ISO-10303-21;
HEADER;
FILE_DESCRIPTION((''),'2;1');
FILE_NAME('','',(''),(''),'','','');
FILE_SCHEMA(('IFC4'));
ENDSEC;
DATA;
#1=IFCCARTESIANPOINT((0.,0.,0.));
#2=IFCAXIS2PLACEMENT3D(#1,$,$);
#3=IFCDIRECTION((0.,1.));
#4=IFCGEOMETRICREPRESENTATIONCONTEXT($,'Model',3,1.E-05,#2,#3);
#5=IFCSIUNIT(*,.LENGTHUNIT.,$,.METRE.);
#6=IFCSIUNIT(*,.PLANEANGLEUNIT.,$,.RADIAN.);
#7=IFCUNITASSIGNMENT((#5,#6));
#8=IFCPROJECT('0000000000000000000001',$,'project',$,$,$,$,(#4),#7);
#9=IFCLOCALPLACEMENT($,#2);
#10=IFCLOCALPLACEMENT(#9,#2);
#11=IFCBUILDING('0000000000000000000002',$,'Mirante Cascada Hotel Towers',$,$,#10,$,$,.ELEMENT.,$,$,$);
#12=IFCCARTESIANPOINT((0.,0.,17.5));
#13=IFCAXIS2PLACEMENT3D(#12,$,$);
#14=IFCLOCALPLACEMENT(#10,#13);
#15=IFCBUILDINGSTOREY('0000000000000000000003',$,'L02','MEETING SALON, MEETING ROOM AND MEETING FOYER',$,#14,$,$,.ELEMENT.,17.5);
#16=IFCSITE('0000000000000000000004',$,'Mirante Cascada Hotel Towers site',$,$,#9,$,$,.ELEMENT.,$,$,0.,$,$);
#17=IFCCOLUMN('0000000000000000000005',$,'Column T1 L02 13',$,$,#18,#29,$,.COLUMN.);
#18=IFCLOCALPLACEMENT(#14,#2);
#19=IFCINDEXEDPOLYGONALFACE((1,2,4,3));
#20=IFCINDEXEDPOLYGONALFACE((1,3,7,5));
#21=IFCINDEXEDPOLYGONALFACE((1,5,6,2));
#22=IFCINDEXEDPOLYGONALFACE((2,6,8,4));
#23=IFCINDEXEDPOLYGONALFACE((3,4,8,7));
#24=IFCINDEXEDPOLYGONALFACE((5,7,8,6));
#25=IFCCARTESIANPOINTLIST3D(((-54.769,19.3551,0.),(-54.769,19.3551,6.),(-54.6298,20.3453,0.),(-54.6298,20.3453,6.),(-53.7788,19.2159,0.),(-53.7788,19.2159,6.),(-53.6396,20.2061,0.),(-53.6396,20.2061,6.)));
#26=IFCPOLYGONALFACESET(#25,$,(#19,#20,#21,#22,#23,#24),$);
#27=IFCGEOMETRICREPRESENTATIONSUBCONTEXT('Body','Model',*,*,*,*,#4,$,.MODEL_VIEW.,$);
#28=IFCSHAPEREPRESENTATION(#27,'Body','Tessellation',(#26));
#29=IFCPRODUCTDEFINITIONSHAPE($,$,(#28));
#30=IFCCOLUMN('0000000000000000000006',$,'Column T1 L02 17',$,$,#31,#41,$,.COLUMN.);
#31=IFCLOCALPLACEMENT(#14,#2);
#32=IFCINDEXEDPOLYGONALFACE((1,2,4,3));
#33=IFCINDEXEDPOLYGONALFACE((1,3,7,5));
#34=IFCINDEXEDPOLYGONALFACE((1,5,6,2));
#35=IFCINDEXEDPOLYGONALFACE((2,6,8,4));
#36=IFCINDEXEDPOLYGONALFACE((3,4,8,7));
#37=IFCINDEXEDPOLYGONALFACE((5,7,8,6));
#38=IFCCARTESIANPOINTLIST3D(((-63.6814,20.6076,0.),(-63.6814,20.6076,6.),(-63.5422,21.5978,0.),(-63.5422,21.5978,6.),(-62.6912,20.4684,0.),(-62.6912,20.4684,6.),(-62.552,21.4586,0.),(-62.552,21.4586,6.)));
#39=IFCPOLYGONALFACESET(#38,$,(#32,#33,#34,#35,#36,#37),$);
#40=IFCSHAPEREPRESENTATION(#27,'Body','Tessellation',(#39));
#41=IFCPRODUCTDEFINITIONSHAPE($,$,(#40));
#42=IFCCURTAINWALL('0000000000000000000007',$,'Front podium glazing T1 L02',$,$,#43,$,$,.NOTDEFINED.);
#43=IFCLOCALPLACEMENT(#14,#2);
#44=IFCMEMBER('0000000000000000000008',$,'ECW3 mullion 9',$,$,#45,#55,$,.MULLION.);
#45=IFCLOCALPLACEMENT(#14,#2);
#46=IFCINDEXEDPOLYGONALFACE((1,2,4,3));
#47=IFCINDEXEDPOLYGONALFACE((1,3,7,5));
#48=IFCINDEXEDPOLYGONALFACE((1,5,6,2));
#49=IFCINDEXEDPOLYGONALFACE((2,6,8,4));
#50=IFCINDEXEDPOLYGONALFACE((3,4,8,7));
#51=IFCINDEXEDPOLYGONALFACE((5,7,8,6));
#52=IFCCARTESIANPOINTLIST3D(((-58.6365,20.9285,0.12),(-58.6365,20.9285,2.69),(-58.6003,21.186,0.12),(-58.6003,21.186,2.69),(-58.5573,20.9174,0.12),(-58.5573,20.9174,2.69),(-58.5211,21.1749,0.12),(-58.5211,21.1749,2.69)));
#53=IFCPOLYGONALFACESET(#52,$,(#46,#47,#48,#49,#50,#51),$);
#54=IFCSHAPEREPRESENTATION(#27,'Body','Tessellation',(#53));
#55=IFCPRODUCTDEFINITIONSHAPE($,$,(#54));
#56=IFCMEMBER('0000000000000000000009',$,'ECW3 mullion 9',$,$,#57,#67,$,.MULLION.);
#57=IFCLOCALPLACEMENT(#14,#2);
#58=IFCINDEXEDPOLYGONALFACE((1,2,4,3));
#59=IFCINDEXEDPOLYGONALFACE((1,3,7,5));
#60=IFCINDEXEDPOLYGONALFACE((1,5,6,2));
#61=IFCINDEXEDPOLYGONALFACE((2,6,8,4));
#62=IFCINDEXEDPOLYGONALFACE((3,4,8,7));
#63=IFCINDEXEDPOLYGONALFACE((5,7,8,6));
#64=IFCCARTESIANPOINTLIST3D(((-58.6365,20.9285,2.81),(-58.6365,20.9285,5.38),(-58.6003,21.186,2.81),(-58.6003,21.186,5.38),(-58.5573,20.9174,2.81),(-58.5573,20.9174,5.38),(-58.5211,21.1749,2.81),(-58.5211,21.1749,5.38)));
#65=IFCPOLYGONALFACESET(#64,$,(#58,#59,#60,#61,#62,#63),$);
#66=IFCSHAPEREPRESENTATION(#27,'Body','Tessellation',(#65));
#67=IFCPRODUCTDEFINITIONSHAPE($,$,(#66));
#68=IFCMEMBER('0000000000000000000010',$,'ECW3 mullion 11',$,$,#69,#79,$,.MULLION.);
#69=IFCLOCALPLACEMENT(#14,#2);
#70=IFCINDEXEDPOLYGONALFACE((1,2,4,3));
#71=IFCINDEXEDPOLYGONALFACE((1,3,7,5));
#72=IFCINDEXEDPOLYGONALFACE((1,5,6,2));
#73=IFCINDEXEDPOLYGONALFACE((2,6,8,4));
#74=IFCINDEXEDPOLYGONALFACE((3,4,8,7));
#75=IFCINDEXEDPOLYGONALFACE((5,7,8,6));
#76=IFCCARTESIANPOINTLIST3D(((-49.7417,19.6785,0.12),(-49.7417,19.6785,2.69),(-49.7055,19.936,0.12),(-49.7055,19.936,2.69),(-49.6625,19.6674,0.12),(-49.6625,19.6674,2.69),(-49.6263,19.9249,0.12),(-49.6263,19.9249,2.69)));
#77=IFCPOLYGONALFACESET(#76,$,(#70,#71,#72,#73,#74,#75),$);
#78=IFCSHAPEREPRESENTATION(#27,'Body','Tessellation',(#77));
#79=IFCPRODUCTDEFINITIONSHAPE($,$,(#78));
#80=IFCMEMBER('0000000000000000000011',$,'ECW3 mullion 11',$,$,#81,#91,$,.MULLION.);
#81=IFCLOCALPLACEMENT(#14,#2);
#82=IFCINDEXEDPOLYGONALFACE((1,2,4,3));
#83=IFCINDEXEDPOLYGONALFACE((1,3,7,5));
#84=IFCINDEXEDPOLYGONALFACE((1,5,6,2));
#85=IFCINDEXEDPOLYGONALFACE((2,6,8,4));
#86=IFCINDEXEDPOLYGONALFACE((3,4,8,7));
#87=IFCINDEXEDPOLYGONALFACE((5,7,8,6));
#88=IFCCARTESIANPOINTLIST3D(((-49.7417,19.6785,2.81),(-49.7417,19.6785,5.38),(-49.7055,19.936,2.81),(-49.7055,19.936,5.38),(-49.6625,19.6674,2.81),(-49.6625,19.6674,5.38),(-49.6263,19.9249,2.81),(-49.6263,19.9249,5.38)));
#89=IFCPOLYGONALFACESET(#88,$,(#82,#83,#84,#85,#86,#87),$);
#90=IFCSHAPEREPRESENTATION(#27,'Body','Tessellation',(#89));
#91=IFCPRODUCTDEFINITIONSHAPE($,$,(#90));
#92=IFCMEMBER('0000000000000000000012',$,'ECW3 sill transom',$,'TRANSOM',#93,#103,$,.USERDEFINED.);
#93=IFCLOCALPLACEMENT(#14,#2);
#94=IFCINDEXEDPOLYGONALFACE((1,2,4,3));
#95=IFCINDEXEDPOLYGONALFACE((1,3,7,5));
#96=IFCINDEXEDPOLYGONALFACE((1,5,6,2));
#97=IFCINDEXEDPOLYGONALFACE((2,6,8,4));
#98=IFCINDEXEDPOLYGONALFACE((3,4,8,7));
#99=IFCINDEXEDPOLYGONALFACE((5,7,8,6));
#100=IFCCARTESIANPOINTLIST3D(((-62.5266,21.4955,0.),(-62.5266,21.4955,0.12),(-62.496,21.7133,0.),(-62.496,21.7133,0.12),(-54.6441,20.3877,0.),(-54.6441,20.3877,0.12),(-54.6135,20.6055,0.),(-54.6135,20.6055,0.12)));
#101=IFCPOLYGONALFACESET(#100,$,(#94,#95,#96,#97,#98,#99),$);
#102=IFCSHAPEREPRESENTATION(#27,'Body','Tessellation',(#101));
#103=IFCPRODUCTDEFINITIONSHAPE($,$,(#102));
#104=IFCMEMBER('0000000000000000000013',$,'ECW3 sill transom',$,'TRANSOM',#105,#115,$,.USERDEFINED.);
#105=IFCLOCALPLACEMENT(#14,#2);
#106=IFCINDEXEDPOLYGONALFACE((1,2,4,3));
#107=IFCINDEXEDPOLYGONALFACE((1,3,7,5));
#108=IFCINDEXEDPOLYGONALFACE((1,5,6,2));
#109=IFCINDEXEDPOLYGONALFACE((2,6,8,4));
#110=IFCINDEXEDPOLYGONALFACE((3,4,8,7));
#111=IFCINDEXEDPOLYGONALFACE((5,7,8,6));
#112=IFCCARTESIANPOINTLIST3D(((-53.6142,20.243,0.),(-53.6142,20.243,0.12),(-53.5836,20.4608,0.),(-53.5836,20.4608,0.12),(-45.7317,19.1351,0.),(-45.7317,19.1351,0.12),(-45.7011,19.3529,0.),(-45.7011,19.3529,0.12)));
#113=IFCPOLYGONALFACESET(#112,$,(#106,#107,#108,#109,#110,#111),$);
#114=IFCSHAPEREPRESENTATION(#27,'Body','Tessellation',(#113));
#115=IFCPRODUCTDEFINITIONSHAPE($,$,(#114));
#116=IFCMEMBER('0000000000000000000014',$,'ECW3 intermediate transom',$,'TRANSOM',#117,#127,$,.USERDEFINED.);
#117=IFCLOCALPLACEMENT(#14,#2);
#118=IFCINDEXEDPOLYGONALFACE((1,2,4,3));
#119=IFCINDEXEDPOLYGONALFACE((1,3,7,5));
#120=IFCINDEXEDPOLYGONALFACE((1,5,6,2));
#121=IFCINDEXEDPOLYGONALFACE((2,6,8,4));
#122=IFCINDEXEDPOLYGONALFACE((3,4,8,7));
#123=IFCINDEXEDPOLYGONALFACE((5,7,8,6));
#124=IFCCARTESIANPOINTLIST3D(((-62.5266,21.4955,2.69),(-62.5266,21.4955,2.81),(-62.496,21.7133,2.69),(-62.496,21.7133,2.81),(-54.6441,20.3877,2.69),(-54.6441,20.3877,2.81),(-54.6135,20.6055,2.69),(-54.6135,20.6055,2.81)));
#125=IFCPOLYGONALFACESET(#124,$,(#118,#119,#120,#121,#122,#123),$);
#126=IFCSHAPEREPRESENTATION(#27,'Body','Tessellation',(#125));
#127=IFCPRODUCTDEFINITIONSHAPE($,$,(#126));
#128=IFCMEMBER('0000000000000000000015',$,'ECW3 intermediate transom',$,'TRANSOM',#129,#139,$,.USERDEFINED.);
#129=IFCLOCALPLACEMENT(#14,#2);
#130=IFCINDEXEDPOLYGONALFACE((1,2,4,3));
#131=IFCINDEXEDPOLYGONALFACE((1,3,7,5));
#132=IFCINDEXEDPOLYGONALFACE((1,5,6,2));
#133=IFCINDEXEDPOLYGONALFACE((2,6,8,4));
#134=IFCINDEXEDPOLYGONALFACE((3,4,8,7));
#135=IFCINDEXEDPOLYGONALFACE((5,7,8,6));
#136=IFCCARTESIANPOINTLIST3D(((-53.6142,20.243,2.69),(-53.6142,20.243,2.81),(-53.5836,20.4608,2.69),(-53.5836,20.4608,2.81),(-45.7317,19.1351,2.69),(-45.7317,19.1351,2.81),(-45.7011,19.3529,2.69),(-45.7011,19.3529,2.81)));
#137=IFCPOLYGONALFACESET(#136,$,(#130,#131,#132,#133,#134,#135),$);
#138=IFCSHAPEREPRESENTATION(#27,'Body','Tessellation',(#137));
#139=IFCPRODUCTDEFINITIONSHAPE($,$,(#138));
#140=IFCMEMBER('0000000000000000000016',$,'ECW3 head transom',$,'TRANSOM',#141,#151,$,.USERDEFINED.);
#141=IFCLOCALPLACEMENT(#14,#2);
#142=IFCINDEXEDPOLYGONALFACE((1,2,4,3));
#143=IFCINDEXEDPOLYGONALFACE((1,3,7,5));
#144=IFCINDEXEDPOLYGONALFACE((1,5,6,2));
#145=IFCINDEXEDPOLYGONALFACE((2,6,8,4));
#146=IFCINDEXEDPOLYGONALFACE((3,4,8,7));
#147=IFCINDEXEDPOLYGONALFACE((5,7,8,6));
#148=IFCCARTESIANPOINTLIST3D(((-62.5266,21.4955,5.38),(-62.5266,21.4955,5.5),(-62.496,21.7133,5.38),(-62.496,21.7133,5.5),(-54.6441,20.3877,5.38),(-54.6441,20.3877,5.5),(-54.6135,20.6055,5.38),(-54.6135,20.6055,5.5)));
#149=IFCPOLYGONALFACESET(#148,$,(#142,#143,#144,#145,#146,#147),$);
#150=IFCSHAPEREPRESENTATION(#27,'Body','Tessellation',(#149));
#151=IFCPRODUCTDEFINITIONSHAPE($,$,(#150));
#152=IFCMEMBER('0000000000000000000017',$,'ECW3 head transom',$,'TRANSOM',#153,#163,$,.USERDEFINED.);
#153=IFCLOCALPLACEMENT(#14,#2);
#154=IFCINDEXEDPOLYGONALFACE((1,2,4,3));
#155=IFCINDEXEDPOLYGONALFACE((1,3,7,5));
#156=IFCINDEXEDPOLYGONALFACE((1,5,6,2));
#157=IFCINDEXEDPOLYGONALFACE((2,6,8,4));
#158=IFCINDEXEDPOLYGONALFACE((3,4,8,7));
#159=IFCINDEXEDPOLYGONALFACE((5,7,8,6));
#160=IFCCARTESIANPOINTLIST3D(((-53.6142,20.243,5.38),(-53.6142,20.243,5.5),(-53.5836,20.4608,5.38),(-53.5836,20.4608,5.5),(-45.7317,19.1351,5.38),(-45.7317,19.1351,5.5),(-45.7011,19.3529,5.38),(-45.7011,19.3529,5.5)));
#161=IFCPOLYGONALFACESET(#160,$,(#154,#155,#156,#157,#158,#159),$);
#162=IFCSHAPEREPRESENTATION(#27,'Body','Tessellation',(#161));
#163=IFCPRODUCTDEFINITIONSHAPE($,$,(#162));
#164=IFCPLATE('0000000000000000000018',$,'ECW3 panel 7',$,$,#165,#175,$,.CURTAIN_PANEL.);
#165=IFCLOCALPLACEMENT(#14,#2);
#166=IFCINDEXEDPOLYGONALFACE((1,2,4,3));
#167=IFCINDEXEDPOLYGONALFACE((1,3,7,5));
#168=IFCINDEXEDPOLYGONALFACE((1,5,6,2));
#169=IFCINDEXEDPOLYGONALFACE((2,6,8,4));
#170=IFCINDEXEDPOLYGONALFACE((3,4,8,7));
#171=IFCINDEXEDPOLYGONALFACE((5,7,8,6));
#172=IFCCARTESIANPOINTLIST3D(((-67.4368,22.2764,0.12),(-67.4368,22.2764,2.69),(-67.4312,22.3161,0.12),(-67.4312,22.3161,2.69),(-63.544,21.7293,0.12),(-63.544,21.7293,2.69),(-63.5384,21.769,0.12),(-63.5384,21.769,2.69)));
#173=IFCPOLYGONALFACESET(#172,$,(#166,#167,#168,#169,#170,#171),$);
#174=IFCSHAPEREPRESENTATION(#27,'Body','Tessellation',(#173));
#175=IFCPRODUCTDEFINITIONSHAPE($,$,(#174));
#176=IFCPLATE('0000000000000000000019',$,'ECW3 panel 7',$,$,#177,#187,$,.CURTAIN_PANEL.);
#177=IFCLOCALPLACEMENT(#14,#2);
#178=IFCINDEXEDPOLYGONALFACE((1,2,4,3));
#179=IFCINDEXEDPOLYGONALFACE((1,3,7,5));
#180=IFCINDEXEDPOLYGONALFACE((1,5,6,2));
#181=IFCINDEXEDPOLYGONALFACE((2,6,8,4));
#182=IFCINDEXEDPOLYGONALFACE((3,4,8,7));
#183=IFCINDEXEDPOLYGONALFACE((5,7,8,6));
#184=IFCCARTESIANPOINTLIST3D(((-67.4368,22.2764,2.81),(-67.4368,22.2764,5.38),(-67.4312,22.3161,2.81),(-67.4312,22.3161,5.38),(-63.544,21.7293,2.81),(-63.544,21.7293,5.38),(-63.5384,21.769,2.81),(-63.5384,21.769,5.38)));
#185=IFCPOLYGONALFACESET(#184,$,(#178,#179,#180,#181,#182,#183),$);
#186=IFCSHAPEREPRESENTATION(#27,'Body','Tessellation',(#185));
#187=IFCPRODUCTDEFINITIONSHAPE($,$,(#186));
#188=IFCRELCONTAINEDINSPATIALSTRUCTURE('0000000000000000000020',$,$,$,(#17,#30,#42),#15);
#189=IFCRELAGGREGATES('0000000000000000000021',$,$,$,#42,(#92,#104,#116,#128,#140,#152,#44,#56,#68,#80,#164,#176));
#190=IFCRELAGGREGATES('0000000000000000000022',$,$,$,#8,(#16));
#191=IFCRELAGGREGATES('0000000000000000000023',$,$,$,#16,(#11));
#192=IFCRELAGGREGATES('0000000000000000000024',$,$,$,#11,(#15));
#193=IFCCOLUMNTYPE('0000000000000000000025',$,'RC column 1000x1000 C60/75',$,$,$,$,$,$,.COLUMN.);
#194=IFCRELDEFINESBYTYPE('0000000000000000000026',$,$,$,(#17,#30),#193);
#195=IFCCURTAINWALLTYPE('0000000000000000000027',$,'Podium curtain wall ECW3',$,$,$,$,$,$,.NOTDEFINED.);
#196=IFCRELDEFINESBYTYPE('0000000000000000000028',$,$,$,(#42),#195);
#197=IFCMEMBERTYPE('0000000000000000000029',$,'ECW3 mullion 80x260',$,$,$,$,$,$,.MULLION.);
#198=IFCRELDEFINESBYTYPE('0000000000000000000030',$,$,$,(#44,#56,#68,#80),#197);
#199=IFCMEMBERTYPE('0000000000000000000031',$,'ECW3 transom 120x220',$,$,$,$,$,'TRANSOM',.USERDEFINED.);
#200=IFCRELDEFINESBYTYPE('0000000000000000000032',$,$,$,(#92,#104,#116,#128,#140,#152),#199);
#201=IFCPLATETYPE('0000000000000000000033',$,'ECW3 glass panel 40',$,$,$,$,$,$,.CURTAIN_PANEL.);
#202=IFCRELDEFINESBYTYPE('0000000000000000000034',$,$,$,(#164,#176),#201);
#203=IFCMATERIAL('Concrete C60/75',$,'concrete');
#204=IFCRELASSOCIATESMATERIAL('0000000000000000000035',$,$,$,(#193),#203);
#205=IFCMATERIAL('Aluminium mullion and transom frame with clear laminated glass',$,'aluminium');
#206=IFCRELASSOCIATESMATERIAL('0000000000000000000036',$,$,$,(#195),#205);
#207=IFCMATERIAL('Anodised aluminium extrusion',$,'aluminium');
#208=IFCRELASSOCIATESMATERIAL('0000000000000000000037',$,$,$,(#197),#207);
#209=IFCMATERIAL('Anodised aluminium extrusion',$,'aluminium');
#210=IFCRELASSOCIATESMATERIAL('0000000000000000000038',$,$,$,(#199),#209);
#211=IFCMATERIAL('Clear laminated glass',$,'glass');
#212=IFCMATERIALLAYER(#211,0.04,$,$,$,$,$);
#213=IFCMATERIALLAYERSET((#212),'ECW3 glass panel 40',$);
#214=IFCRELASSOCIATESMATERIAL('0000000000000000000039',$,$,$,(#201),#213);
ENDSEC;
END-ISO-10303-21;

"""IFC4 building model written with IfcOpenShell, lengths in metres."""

from ifc_helpers import new_model, si_unit, direction, frame, origin, origin_2d, place, context, subcontext, project, spatial, rectangle, extrude, material, layer, layer_set, material_profile, profile_set, type_object, element, aggregate, save


model = new_model("IFC4")

# Units and contexts
model_context = context("Model", 3, precision=1e-05, world=origin(), true_north=direction((0.0, 1.0)))
body_context = subcontext(model_context, "Body", "Model", "MODEL_VIEW")
ifc_project = project(units=[si_unit("LENGTHUNIT", "METRE"), si_unit("PLANEANGLEUNIT", "RADIAN")], contexts=[model_context])

# Site, building, storey
site_placement = place(None, origin())
site = spatial("IfcSite", under=ifc_project, at=site_placement, Name="Mirante Cascada Hotel Towers site", CompositionType="ELEMENT", RefElevation=0.0)
building_placement = place(site_placement, origin())
building = spatial("IfcBuilding", under=site, at=building_placement, Name="Mirante Cascada Hotel Towers", CompositionType="ELEMENT")
storey_placement = place(building_placement, frame((0.0, 0.0, 17.5)))
storey = spatial("IfcBuildingStorey", under=building, at=storey_placement, Name="L02", Description="MEETING SALON, MEETING ROOM AND MEETING FOYER", CompositionType="ELEMENT", Elevation=17.5)

# Columns
ifc_material_1 = material(Name="Concrete C60/75", Category="concrete")
ifc_material_profile_1 = material_profile(ifc_material_1, rectangle(XDim=1.0, YDim=1.0, at=origin_2d()), Name="RC column 1000x1000 C60/75")
ifc_profile_set_1 = profile_set([ifc_material_profile_1], Name="Concrete C60/75")
column_type = type_object("IfcColumnType", Name="RC column 1000x1000 C60/75", PredefinedType="COLUMN", material=ifc_profile_set_1)
for number, where, z_axis, x_axis, name in (
    (1, (-54.2043, 19.7806, 0.0), (0.0, 0.0, 1.0), (-0.990268, 0.139173, 0.0), "Column T1 L02 13"),
    (2, (-63.1167, 21.0331, 0.0), (0.0, 0.0, 1.0), (-0.990268, 0.139173, 0.0), "Column T1 L02 17"),
):
    element("IfcColumn", number, at=place(storey_placement, frame(where, z_axis=z_axis, x_axis=x_axis)), inside=storey, type_object=column_type, Name=name, PredefinedType="COLUMN", context=body_context, shape_type="SweptSolid", body=[
        extrude(rectangle(XDim=1.0, YDim=1.0, at=origin_2d()), origin(), (0.0, 0.0, 1.0), 6.0),
    ])

# Curtain wall, members, plates
ifc_material_2 = material(Name="Aluminium mullion and transom frame with clear laminated glass", Category="aluminium")
curtain_wall_type = type_object("IfcCurtainWallType", Name="Podium curtain wall ECW3", PredefinedType="NOTDEFINED", material=ifc_material_2)
curtain_wall_placement = place(storey_placement, origin())
curtain_wall = element("IfcCurtainWall", 3, at=curtain_wall_placement, inside=storey, type_object=curtain_wall_type, Name="Front podium glazing T1 L02", PredefinedType="NOTDEFINED")
ifc_material_3 = material(Name="Anodised aluminium extrusion", Category="aluminium")
ifc_material_profile_2 = material_profile(ifc_material_3, rectangle(XDim=0.26, YDim=0.08, at=origin_2d()), Name="ECW3 MULLION 80x260")
ifc_profile_set_2 = profile_set([ifc_material_profile_2], Name="Anodised aluminium extrusion")
member_type_1 = type_object("IfcMemberType", Name="ECW3 mullion 80x260", PredefinedType="MULLION", material=ifc_profile_set_2)
member_1_placement = place(storey_placement, frame((-58.5788, 21.0517, 0.12), z_axis=(0.0, 0.0, 1.0), x_axis=(0.139173, 0.990268, 0.0)))
member_1 = element("IfcMember", 4, at=member_1_placement, type_object=member_type_1, Name="ECW3 mullion 9", PredefinedType="MULLION", context=body_context, shape_type="SweptSolid", body=[
    extrude(rectangle(XDim=0.26, YDim=0.08, at=origin_2d()), origin(), (0.0, 0.0, 1.0), 2.57),
])
member_2_placement = place(storey_placement, frame((-58.5788, 21.0517, 2.81), z_axis=(0.0, 0.0, 1.0), x_axis=(0.139173, 0.990268, 0.0)))
member_2 = element("IfcMember", 5, at=member_2_placement, type_object=member_type_1, Name="ECW3 mullion 9", PredefinedType="MULLION", context=body_context, shape_type="SweptSolid", body=[
    extrude(rectangle(XDim=0.26, YDim=0.08, at=origin_2d()), origin(), (0.0, 0.0, 1.0), 2.57),
])
member_3_placement = place(storey_placement, frame((-49.684, 19.8017, 0.12), z_axis=(0.0, 0.0, 1.0), x_axis=(0.139173, 0.990268, 0.0)))
member_3 = element("IfcMember", 6, at=member_3_placement, type_object=member_type_1, Name="ECW3 mullion 11", PredefinedType="MULLION", context=body_context, shape_type="SweptSolid", body=[
    extrude(rectangle(XDim=0.26, YDim=0.08, at=origin_2d()), origin(), (0.0, 0.0, 1.0), 2.57),
])
member_4_placement = place(storey_placement, frame((-49.684, 19.8017, 2.81), z_axis=(0.0, 0.0, 1.0), x_axis=(0.139173, 0.990268, 0.0)))
member_4 = element("IfcMember", 7, at=member_4_placement, type_object=member_type_1, Name="ECW3 mullion 11", PredefinedType="MULLION", context=body_context, shape_type="SweptSolid", body=[
    extrude(rectangle(XDim=0.26, YDim=0.08, at=origin_2d()), origin(), (0.0, 0.0, 1.0), 2.57),
])
ifc_material_4 = material(Name="Anodised aluminium extrusion", Category="aluminium")
ifc_material_profile_3 = material_profile(ifc_material_4, rectangle(XDim=0.22, YDim=0.12, at=origin_2d()), Name="ECW3 TRANSOM 120x220")
ifc_profile_set_3 = profile_set([ifc_material_profile_3], Name="Anodised aluminium extrusion")
member_type_2 = type_object("IfcMemberType", Name="ECW3 transom 120x220", ElementType="TRANSOM", PredefinedType="USERDEFINED", material=ifc_profile_set_3)
member_5_placement = place(storey_placement, frame((-62.5113, 21.6044, 0.06), z_axis=(0.990268, -0.139172, 0.0), x_axis=(0.139172, 0.990268, 0.0)))
member_5 = element("IfcMember", 8, at=member_5_placement, type_object=member_type_2, Name="ECW3 sill transom", ObjectType="TRANSOM", PredefinedType="USERDEFINED", context=body_context, shape_type="SweptSolid", body=[
    extrude(rectangle(XDim=0.22, YDim=0.12, at=origin_2d()), origin(), (0.0, 0.0, 1.0), 7.96),
])
member_6_placement = place(storey_placement, frame((-53.5989, 20.3519, 0.06), z_axis=(0.990267, -0.139184, 0.0), x_axis=(0.139184, 0.990267, 0.0)))
member_6 = element("IfcMember", 9, at=member_6_placement, type_object=member_type_2, Name="ECW3 sill transom", ObjectType="TRANSOM", PredefinedType="USERDEFINED", context=body_context, shape_type="SweptSolid", body=[
    extrude(rectangle(XDim=0.22, YDim=0.12, at=origin_2d()), origin(), (0.0, 0.0, 1.0), 7.96),
])
member_7_placement = place(storey_placement, frame((-62.5113, 21.6044, 2.75), z_axis=(0.990268, -0.139172, 0.0), x_axis=(0.139172, 0.990268, 0.0)))
member_7 = element("IfcMember", 10, at=member_7_placement, type_object=member_type_2, Name="ECW3 intermediate transom", ObjectType="TRANSOM", PredefinedType="USERDEFINED", context=body_context, shape_type="SweptSolid", body=[
    extrude(rectangle(XDim=0.22, YDim=0.12, at=origin_2d()), origin(), (0.0, 0.0, 1.0), 7.96),
])
member_8_placement = place(storey_placement, frame((-53.5989, 20.3519, 2.75), z_axis=(0.990267, -0.139184, 0.0), x_axis=(0.139184, 0.990267, 0.0)))
member_8 = element("IfcMember", 11, at=member_8_placement, type_object=member_type_2, Name="ECW3 intermediate transom", ObjectType="TRANSOM", PredefinedType="USERDEFINED", context=body_context, shape_type="SweptSolid", body=[
    extrude(rectangle(XDim=0.22, YDim=0.12, at=origin_2d()), origin(), (0.0, 0.0, 1.0), 7.96),
])
member_9_placement = place(storey_placement, frame((-62.5113, 21.6044, 5.44), z_axis=(0.990268, -0.139172, 0.0), x_axis=(0.139172, 0.990268, 0.0)))
member_9 = element("IfcMember", 12, at=member_9_placement, type_object=member_type_2, Name="ECW3 head transom", ObjectType="TRANSOM", PredefinedType="USERDEFINED", context=body_context, shape_type="SweptSolid", body=[
    extrude(rectangle(XDim=0.22, YDim=0.12, at=origin_2d()), origin(), (0.0, 0.0, 1.0), 7.96),
])
member_10_placement = place(storey_placement, frame((-53.5989, 20.3519, 5.44), z_axis=(0.990267, -0.139184, 0.0), x_axis=(0.139184, 0.990267, 0.0)))
member_10 = element("IfcMember", 13, at=member_10_placement, type_object=member_type_2, Name="ECW3 head transom", ObjectType="TRANSOM", PredefinedType="USERDEFINED", context=body_context, shape_type="SweptSolid", body=[
    extrude(rectangle(XDim=0.22, YDim=0.12, at=origin_2d()), origin(), (0.0, 0.0, 1.0), 7.96),
])
ifc_material_5 = material(Name="Clear laminated glass", Category="glass")
ifc_layer_1 = layer(ifc_material_5, 0.04)
ifc_layer_set_1 = layer_set([ifc_layer_1], Name="ECW3 glass panel 40")
plate_type = type_object("IfcPlateType", Name="ECW3 glass panel 40", PredefinedType="CURTAIN_PANEL", material=ifc_layer_set_1)
plate_1_placement = place(storey_placement, frame((-65.4876, 22.0227, 0.12), z_axis=(0.0, 0.0, 1.0), x_axis=(0.990268, -0.139173, 0.0)))
plate_1 = element("IfcPlate", 14, at=plate_1_placement, type_object=plate_type, Name="ECW3 panel 7", PredefinedType="CURTAIN_PANEL", context=body_context, shape_type="SweptSolid", body=[
    extrude(rectangle(XDim=3.9311, YDim=0.04, at=origin_2d()), origin(), (0.0, 0.0, 1.0), 2.57),
])
plate_2_placement = place(storey_placement, frame((-65.4876, 22.0227, 2.81), z_axis=(0.0, 0.0, 1.0), x_axis=(0.990268, -0.139173, 0.0)))
plate_2 = element("IfcPlate", 15, at=plate_2_placement, type_object=plate_type, Name="ECW3 panel 7", PredefinedType="CURTAIN_PANEL", context=body_context, shape_type="SweptSolid", body=[
    extrude(rectangle(XDim=3.9311, YDim=0.04, at=origin_2d()), origin(), (0.0, 0.0, 1.0), 2.57),
])
aggregate(curtain_wall, [member_5, member_6, member_7, member_8, member_9, member_10, member_1, member_2, member_3, member_4, plate_1, plate_2])

save(model, "model.ifc")
